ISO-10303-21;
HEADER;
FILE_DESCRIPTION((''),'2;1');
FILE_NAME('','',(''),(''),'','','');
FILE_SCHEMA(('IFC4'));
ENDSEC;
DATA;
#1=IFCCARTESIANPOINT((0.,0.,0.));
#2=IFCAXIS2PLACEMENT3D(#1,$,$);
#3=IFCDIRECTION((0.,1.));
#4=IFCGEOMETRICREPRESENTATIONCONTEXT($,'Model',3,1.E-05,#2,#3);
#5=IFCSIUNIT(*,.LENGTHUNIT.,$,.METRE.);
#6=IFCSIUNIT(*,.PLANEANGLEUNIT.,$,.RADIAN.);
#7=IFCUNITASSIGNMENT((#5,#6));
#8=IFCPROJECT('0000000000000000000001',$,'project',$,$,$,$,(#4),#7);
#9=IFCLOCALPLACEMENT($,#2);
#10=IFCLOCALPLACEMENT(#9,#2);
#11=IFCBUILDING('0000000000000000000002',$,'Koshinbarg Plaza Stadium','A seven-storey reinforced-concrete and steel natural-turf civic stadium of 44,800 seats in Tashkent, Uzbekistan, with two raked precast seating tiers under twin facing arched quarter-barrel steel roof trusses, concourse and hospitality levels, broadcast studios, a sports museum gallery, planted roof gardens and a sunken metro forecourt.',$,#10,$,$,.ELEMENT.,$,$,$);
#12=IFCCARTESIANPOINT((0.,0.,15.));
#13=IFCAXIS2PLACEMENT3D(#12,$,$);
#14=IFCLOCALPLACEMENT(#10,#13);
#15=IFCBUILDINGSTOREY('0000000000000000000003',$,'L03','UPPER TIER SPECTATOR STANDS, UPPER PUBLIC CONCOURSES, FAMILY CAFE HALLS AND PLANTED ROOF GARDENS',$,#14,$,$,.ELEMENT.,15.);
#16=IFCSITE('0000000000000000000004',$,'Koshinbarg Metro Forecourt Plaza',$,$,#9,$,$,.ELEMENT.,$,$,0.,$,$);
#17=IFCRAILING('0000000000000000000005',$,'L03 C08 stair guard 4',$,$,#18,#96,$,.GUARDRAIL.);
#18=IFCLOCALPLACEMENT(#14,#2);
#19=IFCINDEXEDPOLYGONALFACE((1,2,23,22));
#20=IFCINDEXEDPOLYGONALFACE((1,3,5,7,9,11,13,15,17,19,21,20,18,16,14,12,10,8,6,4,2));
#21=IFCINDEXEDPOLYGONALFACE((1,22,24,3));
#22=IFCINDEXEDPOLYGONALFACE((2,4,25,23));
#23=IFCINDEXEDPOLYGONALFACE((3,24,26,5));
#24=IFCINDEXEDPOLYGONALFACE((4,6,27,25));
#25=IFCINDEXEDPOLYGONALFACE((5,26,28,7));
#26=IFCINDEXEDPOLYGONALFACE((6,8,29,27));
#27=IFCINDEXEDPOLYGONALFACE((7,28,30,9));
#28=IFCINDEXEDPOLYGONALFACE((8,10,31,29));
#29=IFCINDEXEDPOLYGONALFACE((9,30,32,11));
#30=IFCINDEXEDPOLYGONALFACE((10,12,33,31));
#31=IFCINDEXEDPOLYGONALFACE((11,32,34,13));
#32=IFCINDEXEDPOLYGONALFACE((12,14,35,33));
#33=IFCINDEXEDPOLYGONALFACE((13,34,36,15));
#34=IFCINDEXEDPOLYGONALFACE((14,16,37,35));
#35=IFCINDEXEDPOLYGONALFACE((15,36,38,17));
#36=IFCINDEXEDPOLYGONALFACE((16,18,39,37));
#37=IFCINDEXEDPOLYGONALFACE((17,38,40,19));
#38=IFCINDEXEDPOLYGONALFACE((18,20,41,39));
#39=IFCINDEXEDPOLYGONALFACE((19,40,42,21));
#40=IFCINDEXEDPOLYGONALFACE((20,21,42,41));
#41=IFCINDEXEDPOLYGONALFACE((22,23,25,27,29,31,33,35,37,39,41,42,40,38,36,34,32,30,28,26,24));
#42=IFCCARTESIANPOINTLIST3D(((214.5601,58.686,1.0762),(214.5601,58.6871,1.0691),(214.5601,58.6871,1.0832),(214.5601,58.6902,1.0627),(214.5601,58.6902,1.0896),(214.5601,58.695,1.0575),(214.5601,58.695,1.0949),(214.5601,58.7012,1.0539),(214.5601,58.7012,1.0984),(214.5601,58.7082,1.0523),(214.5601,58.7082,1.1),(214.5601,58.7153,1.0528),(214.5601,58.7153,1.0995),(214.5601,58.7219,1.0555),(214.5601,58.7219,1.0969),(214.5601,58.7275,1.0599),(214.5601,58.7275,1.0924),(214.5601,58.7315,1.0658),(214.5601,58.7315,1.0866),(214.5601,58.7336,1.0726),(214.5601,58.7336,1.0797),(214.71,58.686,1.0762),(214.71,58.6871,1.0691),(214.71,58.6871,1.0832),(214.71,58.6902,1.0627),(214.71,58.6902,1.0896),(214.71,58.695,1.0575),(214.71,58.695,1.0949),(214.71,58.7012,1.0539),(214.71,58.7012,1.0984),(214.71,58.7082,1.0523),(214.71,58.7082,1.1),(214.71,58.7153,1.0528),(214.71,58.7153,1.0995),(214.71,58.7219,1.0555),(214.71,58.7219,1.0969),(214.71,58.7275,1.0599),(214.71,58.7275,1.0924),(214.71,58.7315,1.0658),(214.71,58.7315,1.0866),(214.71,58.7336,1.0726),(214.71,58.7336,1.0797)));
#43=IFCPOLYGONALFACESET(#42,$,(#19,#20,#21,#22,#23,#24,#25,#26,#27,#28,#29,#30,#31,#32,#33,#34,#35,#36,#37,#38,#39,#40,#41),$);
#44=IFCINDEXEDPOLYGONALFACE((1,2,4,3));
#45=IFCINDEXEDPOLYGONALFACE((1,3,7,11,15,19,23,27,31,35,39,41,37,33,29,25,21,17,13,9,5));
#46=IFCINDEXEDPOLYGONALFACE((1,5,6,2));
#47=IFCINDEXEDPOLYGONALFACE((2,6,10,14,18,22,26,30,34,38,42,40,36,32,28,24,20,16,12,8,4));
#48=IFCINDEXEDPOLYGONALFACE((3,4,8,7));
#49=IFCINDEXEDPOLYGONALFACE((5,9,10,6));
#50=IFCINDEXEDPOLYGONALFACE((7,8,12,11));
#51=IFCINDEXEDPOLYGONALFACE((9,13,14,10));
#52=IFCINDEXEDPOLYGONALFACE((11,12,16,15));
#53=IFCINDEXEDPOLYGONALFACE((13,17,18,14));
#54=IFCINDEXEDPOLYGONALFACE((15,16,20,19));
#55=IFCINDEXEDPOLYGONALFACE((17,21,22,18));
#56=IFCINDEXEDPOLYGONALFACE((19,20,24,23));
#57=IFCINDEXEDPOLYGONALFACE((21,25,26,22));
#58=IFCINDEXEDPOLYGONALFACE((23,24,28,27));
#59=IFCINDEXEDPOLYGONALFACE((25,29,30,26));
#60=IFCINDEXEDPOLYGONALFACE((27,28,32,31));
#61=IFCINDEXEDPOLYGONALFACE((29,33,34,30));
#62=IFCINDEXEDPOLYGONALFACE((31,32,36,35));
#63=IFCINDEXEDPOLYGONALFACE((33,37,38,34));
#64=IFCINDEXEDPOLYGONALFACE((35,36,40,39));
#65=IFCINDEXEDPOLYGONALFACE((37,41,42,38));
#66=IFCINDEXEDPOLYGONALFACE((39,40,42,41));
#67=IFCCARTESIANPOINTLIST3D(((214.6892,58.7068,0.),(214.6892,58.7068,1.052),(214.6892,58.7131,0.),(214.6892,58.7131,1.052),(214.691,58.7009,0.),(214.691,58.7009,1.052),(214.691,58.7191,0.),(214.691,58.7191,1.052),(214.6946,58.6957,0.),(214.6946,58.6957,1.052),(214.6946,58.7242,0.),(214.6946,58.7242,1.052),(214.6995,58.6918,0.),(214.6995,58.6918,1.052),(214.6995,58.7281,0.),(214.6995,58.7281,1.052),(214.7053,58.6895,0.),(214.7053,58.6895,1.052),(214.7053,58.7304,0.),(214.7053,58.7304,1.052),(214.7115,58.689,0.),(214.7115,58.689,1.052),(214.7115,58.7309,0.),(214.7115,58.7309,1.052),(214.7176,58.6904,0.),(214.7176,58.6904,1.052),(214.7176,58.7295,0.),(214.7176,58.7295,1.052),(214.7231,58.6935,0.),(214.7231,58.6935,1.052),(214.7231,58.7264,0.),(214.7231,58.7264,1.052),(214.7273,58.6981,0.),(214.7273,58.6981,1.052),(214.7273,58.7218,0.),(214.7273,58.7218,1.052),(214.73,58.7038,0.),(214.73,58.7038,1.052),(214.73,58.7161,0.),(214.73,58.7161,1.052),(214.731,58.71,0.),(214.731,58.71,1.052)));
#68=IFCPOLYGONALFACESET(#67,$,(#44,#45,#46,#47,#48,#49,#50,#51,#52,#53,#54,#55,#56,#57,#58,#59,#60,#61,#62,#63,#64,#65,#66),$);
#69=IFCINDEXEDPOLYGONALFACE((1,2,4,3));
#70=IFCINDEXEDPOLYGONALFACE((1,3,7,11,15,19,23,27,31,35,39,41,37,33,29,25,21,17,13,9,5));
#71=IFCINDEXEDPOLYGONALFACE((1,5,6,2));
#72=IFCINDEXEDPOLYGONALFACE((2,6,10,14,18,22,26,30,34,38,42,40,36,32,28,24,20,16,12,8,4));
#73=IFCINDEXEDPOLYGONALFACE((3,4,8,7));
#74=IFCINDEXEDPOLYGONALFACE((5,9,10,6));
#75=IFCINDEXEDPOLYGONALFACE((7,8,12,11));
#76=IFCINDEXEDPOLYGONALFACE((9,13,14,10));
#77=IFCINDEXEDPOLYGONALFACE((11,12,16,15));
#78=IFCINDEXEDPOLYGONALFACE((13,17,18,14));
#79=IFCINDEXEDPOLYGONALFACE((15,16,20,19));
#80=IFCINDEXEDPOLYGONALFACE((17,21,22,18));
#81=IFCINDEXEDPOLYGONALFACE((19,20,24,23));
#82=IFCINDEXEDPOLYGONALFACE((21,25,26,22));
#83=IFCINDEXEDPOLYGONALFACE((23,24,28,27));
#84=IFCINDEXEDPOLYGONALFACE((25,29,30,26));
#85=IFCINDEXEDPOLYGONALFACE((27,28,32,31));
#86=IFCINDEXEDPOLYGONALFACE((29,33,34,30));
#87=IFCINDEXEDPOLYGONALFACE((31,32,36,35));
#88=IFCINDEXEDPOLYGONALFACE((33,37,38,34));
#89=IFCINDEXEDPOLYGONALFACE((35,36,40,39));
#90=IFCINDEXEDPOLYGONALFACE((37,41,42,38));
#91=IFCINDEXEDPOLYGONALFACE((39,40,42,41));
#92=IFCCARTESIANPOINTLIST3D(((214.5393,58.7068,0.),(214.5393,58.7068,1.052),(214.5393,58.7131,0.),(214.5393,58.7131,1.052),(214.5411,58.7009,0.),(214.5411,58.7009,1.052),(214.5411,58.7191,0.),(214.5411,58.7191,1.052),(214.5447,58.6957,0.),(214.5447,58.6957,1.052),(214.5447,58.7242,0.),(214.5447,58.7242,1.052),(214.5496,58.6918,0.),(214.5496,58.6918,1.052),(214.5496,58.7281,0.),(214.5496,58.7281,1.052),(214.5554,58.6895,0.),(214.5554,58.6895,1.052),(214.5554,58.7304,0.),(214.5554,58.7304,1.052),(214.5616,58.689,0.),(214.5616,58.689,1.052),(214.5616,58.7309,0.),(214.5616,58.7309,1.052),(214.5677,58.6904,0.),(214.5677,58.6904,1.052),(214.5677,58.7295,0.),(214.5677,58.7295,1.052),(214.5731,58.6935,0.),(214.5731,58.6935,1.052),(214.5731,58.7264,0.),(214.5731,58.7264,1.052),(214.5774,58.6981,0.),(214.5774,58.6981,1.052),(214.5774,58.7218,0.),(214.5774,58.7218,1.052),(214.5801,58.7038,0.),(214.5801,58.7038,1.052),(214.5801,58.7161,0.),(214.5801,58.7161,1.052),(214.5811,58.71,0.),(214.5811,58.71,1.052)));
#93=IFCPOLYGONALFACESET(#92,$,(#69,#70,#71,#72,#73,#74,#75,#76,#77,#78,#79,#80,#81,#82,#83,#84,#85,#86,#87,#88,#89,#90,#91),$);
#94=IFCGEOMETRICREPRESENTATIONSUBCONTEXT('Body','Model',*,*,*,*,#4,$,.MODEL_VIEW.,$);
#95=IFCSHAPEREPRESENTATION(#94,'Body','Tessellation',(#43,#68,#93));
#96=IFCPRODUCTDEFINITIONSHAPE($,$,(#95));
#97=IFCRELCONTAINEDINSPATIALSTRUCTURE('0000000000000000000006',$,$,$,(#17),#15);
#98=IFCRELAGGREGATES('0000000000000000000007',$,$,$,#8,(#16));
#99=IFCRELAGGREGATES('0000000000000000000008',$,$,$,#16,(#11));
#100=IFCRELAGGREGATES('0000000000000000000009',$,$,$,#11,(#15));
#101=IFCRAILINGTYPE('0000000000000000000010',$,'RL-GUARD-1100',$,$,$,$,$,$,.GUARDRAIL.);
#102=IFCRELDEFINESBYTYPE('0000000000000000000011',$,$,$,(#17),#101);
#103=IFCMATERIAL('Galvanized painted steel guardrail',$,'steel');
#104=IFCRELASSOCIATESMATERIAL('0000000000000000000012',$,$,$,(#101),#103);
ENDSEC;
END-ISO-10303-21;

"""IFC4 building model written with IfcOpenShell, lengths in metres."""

from ifc_helpers import new_model, si_unit, direction, frame, origin, origin_2d, place, context, subcontext, project, spatial, circle, extrude, material, type_object, element, save


model = new_model("IFC4")

# Units and contexts
model_context = context("Model", 3, precision=1e-05, world=origin(), true_north=direction((0.0, 1.0)))
body_context = subcontext(model_context, "Body", "Model", "MODEL_VIEW")
ifc_project = project(units=[si_unit("LENGTHUNIT", "METRE"), si_unit("PLANEANGLEUNIT", "RADIAN")], contexts=[model_context])

# Site, building, storey
site_placement = place(None, origin())
site = spatial("IfcSite", under=ifc_project, at=site_placement, Name="Koshinbarg Metro Forecourt Plaza", CompositionType="ELEMENT", RefElevation=0.0)
building_placement = place(site_placement, origin())
building = spatial("IfcBuilding", under=site, at=building_placement, Name="Koshinbarg Plaza Stadium", Description="A seven-storey reinforced-concrete and steel natural-turf civic stadium of 44,800 seats in Tashkent, Uzbekistan, with two raked precast seating tiers under twin facing arched quarter-barrel steel roof trusses, concourse and hospitality levels, broadcast studios, a sports museum gallery, planted roof gardens and a sunken metro forecourt.", CompositionType="ELEMENT")
storey_placement = place(building_placement, frame((0.0, 0.0, 15.0)))
storey = spatial("IfcBuildingStorey", under=building, at=storey_placement, Name="L03", Description="UPPER TIER SPECTATOR STANDS, UPPER PUBLIC CONCOURSES, FAMILY CAFE HALLS AND PLANTED ROOF GARDENS", CompositionType="ELEMENT", Elevation=15.0)

# Railing
ifc_material_1 = material(Name="Galvanized painted steel guardrail", Category="steel")
railing_type_1 = type_object("IfcRailingType", Name="RL-GUARD-1100", PredefinedType="GUARDRAIL", material=ifc_material_1)
railing_1_placement = place(storey_placement, frame((214.71, 58.71, 0.0)))
element("IfcRailing", 1, at=railing_1_placement, inside=storey, type_object=railing_type_1, Name="L03 C08 stair guard 4", PredefinedType="GUARDRAIL", context=body_context, shape_type="SweptSolid", body=[
    extrude(circle(Radius=0.0239, at=origin_2d()), frame((0.0, 0.0, 1.0762), z_axis=(-1.0, 0.0, 0.0), x_axis=(0.0, -1.0, 0.0)), (0.0, 0.0, 1.0), 0.1499),
    extrude(circle(Radius=0.021, at=origin_2d()), origin(), (0.0, 0.0, 1.0), 1.052),
    extrude(circle(Radius=0.021, at=origin_2d()), frame((-0.1499, 0.0, 0.0)), (0.0, 0.0, 1.0), 1.052),
])

save(model, "model.ifc")
